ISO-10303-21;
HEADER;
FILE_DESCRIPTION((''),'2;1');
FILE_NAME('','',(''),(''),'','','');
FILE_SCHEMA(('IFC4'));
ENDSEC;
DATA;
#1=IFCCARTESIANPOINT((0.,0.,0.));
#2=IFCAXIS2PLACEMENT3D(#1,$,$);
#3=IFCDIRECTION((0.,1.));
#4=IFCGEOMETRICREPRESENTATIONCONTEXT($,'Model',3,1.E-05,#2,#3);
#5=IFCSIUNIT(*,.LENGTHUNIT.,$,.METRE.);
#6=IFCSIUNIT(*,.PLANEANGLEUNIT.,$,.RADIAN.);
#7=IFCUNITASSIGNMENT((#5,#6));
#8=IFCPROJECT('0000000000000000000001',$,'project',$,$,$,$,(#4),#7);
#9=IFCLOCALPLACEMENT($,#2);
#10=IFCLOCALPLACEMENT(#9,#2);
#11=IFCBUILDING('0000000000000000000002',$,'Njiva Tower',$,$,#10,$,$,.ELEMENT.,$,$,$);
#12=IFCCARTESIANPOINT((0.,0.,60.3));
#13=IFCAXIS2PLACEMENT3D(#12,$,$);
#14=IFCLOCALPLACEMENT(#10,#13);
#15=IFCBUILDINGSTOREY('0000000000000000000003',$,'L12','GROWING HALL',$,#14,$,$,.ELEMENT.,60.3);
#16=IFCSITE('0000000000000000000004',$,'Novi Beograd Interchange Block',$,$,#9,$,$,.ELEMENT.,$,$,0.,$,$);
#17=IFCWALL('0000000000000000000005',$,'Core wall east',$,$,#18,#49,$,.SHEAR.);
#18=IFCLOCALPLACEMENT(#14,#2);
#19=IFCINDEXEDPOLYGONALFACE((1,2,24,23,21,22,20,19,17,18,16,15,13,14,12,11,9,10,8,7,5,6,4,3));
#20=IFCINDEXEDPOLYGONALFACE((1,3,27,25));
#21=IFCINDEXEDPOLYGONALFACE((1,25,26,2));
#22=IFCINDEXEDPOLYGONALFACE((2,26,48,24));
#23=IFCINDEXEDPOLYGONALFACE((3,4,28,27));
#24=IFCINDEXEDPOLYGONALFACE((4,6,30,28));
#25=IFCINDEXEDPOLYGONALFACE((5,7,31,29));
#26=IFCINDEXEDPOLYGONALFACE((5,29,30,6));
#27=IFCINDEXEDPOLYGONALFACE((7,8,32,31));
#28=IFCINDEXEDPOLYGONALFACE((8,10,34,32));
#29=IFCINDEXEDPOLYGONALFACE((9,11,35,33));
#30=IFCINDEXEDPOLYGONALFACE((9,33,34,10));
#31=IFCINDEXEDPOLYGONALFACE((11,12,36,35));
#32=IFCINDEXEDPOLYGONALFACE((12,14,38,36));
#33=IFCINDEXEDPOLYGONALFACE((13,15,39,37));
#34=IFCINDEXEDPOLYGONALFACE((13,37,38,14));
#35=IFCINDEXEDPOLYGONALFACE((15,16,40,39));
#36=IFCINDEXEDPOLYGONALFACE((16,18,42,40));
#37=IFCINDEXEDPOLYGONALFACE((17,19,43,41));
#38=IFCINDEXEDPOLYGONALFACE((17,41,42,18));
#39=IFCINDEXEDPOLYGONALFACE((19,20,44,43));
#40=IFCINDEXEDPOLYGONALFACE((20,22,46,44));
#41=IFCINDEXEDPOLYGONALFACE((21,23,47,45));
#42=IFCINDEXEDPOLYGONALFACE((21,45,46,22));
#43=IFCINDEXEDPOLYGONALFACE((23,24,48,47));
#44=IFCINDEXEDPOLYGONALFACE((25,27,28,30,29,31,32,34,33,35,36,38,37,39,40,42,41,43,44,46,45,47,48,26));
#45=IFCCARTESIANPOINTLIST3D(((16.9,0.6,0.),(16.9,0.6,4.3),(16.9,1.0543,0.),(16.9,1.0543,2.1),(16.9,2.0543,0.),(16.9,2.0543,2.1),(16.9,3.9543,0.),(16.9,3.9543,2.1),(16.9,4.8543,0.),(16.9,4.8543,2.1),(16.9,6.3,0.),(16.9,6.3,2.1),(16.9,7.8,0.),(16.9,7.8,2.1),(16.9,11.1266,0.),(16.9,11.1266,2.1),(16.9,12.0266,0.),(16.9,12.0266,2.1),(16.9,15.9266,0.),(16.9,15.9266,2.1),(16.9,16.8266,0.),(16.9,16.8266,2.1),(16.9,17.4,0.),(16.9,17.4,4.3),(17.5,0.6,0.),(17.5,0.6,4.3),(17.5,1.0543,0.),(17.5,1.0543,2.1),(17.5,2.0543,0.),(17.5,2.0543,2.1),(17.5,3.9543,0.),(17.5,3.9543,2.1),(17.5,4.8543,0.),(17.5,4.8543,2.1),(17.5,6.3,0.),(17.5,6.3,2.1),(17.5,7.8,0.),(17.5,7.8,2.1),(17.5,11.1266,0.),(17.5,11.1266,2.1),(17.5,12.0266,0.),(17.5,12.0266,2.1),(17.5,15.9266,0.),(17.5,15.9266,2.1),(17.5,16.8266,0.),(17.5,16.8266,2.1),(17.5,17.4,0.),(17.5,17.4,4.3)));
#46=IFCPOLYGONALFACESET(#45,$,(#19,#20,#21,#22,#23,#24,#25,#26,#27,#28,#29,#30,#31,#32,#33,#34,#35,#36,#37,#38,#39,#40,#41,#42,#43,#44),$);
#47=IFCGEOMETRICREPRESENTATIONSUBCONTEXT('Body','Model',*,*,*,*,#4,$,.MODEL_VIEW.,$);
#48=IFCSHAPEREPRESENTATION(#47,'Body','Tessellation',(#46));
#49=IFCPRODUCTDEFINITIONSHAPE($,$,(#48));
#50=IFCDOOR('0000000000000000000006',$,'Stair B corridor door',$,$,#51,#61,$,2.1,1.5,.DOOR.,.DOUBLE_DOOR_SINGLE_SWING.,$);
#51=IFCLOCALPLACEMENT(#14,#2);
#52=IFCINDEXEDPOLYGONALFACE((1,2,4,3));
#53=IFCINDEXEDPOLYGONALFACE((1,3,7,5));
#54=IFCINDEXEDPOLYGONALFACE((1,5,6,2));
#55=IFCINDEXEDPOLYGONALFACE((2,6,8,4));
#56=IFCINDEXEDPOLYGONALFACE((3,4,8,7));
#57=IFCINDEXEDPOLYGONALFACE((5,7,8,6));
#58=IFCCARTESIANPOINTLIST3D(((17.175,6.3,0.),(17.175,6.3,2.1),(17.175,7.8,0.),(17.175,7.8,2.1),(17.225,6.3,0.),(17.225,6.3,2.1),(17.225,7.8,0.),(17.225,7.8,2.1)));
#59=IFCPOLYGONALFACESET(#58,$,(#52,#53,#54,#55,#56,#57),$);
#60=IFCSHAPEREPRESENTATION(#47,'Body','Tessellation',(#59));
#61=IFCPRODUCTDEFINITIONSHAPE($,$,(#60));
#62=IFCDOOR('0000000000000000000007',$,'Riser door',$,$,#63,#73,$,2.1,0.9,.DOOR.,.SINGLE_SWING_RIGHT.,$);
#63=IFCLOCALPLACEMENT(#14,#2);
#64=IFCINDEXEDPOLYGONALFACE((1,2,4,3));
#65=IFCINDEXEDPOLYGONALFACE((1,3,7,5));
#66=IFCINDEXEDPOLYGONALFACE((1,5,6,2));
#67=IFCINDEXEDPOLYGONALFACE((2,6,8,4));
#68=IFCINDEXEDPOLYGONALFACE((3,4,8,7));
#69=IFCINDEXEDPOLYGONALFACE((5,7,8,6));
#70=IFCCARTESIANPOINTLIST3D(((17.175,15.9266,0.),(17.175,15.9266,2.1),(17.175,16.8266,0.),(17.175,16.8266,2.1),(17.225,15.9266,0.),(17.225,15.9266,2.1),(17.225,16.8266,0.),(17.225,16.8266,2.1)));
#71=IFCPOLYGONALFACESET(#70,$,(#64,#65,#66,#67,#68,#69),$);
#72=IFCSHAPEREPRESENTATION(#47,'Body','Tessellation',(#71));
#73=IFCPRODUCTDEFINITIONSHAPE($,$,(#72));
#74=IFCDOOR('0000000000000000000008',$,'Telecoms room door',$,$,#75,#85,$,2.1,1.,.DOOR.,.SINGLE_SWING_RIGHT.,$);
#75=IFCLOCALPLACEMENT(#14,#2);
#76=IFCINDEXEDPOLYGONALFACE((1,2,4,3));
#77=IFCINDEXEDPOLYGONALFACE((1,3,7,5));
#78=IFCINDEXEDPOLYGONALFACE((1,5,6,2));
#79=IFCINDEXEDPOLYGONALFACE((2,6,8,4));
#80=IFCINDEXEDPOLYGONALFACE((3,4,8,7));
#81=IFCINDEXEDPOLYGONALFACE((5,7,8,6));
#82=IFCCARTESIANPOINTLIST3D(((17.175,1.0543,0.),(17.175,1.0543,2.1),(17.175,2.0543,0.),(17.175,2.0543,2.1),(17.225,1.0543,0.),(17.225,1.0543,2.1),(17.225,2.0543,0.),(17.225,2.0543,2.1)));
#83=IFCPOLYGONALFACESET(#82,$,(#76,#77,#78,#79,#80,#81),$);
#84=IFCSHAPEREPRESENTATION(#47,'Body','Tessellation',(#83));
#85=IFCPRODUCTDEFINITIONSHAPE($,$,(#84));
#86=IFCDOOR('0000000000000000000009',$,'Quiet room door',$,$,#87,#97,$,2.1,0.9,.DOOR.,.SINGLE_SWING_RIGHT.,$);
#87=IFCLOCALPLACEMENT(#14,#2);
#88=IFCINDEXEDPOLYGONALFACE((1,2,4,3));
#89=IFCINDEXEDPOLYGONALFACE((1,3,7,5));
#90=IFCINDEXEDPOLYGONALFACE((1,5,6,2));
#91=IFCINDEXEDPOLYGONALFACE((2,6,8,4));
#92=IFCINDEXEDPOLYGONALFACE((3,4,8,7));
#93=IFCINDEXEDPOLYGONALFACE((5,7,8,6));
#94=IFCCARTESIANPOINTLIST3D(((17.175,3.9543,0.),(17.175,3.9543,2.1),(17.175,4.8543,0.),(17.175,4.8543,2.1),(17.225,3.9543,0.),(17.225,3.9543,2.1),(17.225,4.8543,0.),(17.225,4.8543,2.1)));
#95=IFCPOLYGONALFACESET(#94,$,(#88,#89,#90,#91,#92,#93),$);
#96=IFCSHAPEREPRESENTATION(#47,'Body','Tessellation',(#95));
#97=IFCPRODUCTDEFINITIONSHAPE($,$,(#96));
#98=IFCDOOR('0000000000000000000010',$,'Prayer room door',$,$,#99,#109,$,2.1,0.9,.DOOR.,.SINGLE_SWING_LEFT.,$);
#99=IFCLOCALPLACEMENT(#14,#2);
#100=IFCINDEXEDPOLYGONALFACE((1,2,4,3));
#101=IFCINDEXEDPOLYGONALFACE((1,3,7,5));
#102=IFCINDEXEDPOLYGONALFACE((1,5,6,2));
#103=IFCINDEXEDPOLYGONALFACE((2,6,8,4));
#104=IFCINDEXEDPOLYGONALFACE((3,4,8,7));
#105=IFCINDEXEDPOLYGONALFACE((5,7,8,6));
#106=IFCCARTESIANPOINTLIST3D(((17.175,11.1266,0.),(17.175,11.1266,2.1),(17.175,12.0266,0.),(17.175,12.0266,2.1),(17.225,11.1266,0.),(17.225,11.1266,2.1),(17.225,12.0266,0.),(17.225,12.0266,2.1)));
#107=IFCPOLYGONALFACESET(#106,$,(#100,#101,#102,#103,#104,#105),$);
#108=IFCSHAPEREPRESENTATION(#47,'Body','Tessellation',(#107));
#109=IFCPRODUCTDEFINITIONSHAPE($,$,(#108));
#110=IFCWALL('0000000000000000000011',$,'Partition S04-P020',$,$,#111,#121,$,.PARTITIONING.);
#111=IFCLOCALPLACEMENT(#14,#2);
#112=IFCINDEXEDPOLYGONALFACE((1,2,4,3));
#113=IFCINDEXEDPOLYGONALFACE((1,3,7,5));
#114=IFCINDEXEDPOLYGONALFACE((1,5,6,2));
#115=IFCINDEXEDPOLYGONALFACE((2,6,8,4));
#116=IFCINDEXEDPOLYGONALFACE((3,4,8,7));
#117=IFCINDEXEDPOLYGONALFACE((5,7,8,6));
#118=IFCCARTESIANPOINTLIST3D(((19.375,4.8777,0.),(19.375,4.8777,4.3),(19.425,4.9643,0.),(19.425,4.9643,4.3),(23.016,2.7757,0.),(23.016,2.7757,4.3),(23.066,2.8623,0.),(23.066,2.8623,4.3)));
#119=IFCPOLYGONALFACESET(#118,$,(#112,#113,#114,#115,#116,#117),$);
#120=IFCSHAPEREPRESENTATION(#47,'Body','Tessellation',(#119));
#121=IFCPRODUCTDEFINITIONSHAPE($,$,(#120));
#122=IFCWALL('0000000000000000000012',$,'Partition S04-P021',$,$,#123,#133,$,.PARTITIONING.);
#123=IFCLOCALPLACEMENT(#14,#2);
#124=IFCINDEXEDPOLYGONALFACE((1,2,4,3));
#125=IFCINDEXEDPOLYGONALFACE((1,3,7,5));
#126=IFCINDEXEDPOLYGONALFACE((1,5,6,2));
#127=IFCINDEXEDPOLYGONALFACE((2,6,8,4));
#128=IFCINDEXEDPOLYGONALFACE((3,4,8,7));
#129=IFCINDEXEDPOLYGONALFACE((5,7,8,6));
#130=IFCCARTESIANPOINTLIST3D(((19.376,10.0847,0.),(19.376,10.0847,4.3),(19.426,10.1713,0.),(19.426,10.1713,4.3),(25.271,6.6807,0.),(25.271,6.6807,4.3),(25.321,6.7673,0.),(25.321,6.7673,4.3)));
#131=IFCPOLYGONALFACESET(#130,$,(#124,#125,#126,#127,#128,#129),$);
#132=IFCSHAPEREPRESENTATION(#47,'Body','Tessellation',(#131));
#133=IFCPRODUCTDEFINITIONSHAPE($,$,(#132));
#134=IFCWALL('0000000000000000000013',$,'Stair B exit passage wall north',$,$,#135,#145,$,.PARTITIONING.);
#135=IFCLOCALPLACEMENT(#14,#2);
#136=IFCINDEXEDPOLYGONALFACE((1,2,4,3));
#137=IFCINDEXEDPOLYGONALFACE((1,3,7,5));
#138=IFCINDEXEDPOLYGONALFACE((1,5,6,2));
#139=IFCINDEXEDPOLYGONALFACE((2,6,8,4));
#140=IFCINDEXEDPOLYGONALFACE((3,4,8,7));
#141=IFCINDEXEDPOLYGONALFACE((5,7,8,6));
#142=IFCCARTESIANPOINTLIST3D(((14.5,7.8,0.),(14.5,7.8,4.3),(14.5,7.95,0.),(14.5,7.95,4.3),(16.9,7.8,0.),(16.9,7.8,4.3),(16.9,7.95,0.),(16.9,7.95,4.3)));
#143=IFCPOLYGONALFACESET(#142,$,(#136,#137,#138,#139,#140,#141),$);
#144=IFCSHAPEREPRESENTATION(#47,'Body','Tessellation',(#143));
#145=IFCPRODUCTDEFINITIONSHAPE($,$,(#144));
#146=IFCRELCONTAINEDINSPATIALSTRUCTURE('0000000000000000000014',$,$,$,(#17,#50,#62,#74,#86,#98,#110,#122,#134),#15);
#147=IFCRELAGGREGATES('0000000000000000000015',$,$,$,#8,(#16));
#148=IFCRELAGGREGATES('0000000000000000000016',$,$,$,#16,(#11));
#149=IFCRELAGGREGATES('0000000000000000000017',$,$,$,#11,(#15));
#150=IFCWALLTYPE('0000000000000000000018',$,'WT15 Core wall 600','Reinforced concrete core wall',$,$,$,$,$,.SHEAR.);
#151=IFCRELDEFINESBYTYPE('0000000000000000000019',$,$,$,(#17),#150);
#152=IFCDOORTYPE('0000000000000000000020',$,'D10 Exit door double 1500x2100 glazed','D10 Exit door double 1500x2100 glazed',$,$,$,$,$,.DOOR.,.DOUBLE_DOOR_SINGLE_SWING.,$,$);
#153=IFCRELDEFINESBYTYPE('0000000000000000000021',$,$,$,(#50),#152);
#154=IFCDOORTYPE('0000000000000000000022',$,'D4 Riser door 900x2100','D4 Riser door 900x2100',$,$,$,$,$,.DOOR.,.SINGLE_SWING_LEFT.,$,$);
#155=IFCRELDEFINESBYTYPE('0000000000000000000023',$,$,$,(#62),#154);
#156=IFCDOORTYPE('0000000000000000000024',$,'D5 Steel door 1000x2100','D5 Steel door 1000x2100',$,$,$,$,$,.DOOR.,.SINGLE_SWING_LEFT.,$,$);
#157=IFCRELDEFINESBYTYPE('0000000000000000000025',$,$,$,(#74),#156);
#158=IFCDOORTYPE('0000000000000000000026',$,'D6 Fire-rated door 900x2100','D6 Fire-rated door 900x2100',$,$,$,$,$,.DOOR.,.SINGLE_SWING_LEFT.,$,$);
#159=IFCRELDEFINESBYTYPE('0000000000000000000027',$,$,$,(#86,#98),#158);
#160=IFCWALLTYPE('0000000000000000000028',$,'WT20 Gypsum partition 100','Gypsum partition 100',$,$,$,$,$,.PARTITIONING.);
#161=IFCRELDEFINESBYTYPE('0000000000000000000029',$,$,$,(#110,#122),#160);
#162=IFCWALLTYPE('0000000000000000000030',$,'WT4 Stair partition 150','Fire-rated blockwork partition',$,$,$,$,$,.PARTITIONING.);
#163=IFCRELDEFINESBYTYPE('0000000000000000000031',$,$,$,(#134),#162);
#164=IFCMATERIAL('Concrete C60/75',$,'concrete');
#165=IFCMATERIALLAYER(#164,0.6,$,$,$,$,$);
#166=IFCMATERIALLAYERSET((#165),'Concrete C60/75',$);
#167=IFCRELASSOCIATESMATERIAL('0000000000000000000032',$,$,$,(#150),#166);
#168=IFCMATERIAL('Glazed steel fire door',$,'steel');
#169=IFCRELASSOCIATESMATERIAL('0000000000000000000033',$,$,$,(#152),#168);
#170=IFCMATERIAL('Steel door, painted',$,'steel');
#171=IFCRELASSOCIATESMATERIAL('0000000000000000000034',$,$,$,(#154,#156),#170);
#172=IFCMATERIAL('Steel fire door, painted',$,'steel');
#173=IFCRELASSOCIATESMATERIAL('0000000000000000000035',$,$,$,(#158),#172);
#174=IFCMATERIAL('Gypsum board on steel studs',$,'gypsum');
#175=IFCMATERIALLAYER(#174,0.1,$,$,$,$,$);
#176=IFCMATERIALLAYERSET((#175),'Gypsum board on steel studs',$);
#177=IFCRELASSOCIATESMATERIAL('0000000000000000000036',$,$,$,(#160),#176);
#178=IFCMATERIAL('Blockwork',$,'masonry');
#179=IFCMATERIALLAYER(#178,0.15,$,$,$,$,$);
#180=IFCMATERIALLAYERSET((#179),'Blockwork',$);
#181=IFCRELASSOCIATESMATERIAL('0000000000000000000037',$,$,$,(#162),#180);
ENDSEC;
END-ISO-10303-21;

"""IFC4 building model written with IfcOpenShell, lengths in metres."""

from ifc_helpers import new_model, si_unit, direction, frame, frame_2d, origin, place, context, subcontext, project, spatial, rectangle, extrude, material, layer, layer_set, type_object, element, fill, save


model = new_model("IFC4")

# Units and contexts
model_context = context("Model", 3, precision=1e-05, world=origin(), true_north=direction((0.0, 1.0)))
body_context = subcontext(model_context, "Body", "Model", "MODEL_VIEW")
ifc_project = project(units=[si_unit("LENGTHUNIT", "METRE"), si_unit("PLANEANGLEUNIT", "RADIAN")], contexts=[model_context])

# Site, building, storey
site_placement = place(None, origin())
site = spatial("IfcSite", under=ifc_project, at=site_placement, Name="Novi Beograd Interchange Block", CompositionType="ELEMENT", RefElevation=0.0)
building_placement = place(site_placement, origin())
building = spatial("IfcBuilding", under=site, at=building_placement, Name="Njiva Tower", CompositionType="ELEMENT")
storey_placement = place(building_placement, frame((0.0, 0.0, 60.3)))
storey = spatial("IfcBuildingStorey", under=building, at=storey_placement, Name="L12", Description="GROWING HALL", CompositionType="ELEMENT", Elevation=60.3)

# Wall, openings, doors
ifc_material_1 = material(Name="Concrete C60/75", Category="concrete")
ifc_layer_1 = layer(ifc_material_1, 0.6)
ifc_layer_set_1 = layer_set([ifc_layer_1], Name="Concrete C60/75")
wall_type_1 = type_object("IfcWallType", Name="WT15 Core wall 600", Description="Reinforced concrete core wall", PredefinedType="SHEAR", material=ifc_layer_set_1)
wall_1_placement = place(storey_placement, frame((17.2, 0.6, 0.0), z_axis=(0.0, 0.0, 1.0), x_axis=(0.0, 1.0, 0.0)))
wall_1 = element("IfcWall", 1, at=wall_1_placement, inside=storey, type_object=wall_type_1, Name="Core wall east", PredefinedType="SHEAR", context=body_context, shape_type="SweptSolid", body=[
    extrude(rectangle(XDim=16.8, YDim=0.6, at=frame_2d((8.4, 0.0))), origin(), (0.0, 0.0, 1.0), 4.3),
])
opening_1_placement = place(wall_1_placement, frame((5.7, 0.0, 0.0)))
opening_1 = element("IfcOpeningElement", 2, at=opening_1_placement, cuts=wall_1, PredefinedType="OPENING", context=body_context, shape_type="SweptSolid", body=[
    extrude(rectangle(XDim=1.5, YDim=2.1, at=frame_2d((0.75, 1.05))), frame((0.0, 0.31, 0.0), z_axis=(0.0, -1.0, 0.0), x_axis=(1.0, 0.0, 0.0)), (0.0, 0.0, 1.0), 0.62),
])
opening_2_placement = place(wall_1_placement, frame((0.4543, 0.0, 0.0)))
opening_2 = element("IfcOpeningElement", 3, at=opening_2_placement, cuts=wall_1, PredefinedType="OPENING", context=body_context, shape_type="SweptSolid", body=[
    extrude(rectangle(XDim=1.0, YDim=2.1, at=frame_2d((0.5, 1.05))), frame((0.0, 0.31, 0.0), z_axis=(0.0, -1.0, 0.0), x_axis=(1.0, 0.0, 0.0)), (0.0, 0.0, 1.0), 0.62),
])
opening_3_placement = place(wall_1_placement, frame((3.3543, 0.0, 0.0)))
opening_3 = element("IfcOpeningElement", 4, at=opening_3_placement, cuts=wall_1, PredefinedType="OPENING", context=body_context, shape_type="SweptSolid", body=[
    extrude(rectangle(XDim=0.9, YDim=2.1, at=frame_2d((0.45, 1.05))), frame((0.0, 0.31, 0.0), z_axis=(0.0, -1.0, 0.0), x_axis=(1.0, 0.0, 0.0)), (0.0, 0.0, 1.0), 0.62),
])
opening_4_placement = place(wall_1_placement, frame((10.5266, 0.0, 0.0)))
opening_4 = element("IfcOpeningElement", 5, at=opening_4_placement, cuts=wall_1, PredefinedType="OPENING", context=body_context, shape_type="SweptSolid", body=[
    extrude(rectangle(XDim=0.9, YDim=2.1, at=frame_2d((0.45, 1.05))), frame((0.0, 0.31, 0.0), z_axis=(0.0, -1.0, 0.0), x_axis=(1.0, 0.0, 0.0)), (0.0, 0.0, 1.0), 0.62),
])
opening_5_placement = place(wall_1_placement, frame((15.3266, 0.0, 0.0)))
opening_5 = element("IfcOpeningElement", 6, at=opening_5_placement, cuts=wall_1, PredefinedType="OPENING", context=body_context, shape_type="SweptSolid", body=[
    extrude(rectangle(XDim=0.9, YDim=2.1, at=frame_2d((0.45, 1.05))), frame((0.0, 0.31, 0.0), z_axis=(0.0, -1.0, 0.0), x_axis=(1.0, 0.0, 0.0)), (0.0, 0.0, 1.0), 0.62),
])
ifc_material_2 = material(Name="Glazed steel fire door", Category="steel")
door_type_1 = type_object("IfcDoorType", Name="D10 Exit door double 1500x2100 glazed", Description="D10 Exit door double 1500x2100 glazed", OperationType="DOUBLE_DOOR_SINGLE_SWING", PredefinedType="DOOR", material=ifc_material_2)
door_1_placement = place(opening_1_placement, origin())
door_1 = element("IfcDoor", 7, at=door_1_placement, inside=storey, type_object=door_type_1, Name="Stair B corridor door", OperationType="DOUBLE_DOOR_SINGLE_SWING", OverallHeight=2.1, OverallWidth=1.5, PredefinedType="DOOR", context=body_context, shape_type="SweptSolid", body=[
    extrude(rectangle(XDim=1.5, YDim=2.1, at=frame_2d((0.75, 1.05))), frame((0.0, 0.025, 0.0), z_axis=(0.0, -1.0, 0.0), x_axis=(1.0, 0.0, 0.0)), (0.0, 0.0, 1.0), 0.05),
])
fill(opening_1, door_1)
ifc_material_3 = material(Name="Steel door, painted", Category="steel")
door_type_2 = type_object("IfcDoorType", Name="D4 Riser door 900x2100", Description="D4 Riser door 900x2100", OperationType="SINGLE_SWING_LEFT", PredefinedType="DOOR", material=ifc_material_3)
door_2_placement = place(opening_5_placement, origin())
door_2 = element("IfcDoor", 8, at=door_2_placement, inside=storey, type_object=door_type_2, Name="Riser door", OperationType="SINGLE_SWING_RIGHT", OverallHeight=2.1, OverallWidth=0.9, PredefinedType="DOOR", context=body_context, shape_type="SweptSolid", body=[
    extrude(rectangle(XDim=0.9, YDim=2.1, at=frame_2d((0.45, 1.05))), frame((0.0, 0.025, 0.0), z_axis=(0.0, -1.0, 0.0), x_axis=(1.0, 0.0, 0.0)), (0.0, 0.0, 1.0), 0.05),
])
fill(opening_5, door_2)
door_type_3 = type_object("IfcDoorType", Name="D5 Steel door 1000x2100", Description="D5 Steel door 1000x2100", OperationType="SINGLE_SWING_LEFT", PredefinedType="DOOR", material=ifc_material_3)
door_3_placement = place(opening_2_placement, origin())
door_3 = element("IfcDoor", 9, at=door_3_placement, inside=storey, type_object=door_type_3, Name="Telecoms room door", OperationType="SINGLE_SWING_RIGHT", OverallHeight=2.1, OverallWidth=1.0, PredefinedType="DOOR", context=body_context, shape_type="SweptSolid", body=[
    extrude(rectangle(XDim=1.0, YDim=2.1, at=frame_2d((0.5, 1.05))), frame((0.0, 0.025, 0.0), z_axis=(0.0, -1.0, 0.0), x_axis=(1.0, 0.0, 0.0)), (0.0, 0.0, 1.0), 0.05),
])
fill(opening_2, door_3)
ifc_material_4 = material(Name="Steel fire door, painted", Category="steel")
door_type_4 = type_object("IfcDoorType", Name="D6 Fire-rated door 900x2100", Description="D6 Fire-rated door 900x2100", OperationType="SINGLE_SWING_LEFT", PredefinedType="DOOR", material=ifc_material_4)
door_4_placement = place(opening_3_placement, origin())
door_4 = element("IfcDoor", 10, at=door_4_placement, inside=storey, type_object=door_type_4, Name="Quiet room door", OperationType="SINGLE_SWING_RIGHT", OverallHeight=2.1, OverallWidth=0.9, PredefinedType="DOOR", context=body_context, shape_type="SweptSolid", body=[
    extrude(rectangle(XDim=0.9, YDim=2.1, at=frame_2d((0.45, 1.05))), frame((0.0, 0.025, 0.0), z_axis=(0.0, -1.0, 0.0), x_axis=(1.0, 0.0, 0.0)), (0.0, 0.0, 1.0), 0.05),
])
fill(opening_3, door_4)
door_5_placement = place(opening_4_placement, origin())
door_5 = element("IfcDoor", 11, at=door_5_placement, inside=storey, type_object=door_type_4, Name="Prayer room door", OperationType="SINGLE_SWING_LEFT", OverallHeight=2.1, OverallWidth=0.9, PredefinedType="DOOR", context=body_context, shape_type="SweptSolid", body=[
    extrude(rectangle(XDim=0.9, YDim=2.1, at=frame_2d((0.45, 1.05))), frame((0.0, 0.025, 0.0), z_axis=(0.0, -1.0, 0.0), x_axis=(1.0, 0.0, 0.0)), (0.0, 0.0, 1.0), 0.05),
])
fill(opening_4, door_5)

# Walls
ifc_material_5 = material(Name="Gypsum board on steel studs", Category="gypsum")
ifc_layer_2 = layer(ifc_material_5, 0.1)
ifc_layer_set_2 = layer_set([ifc_layer_2], Name="Gypsum board on steel studs")
wall_type_2 = type_object("IfcWallType", Name="WT20 Gypsum partition 100", Description="Gypsum partition 100", PredefinedType="PARTITIONING", material=ifc_layer_set_2)
wall_2_placement = place(storey_placement, frame((19.4, 4.921, 0.0), z_axis=(0.0, 0.0, 1.0), x_axis=(0.866039, -0.499976, 0.0)))
element("IfcWall", 12, at=wall_2_placement, inside=storey, type_object=wall_type_2, Name="Partition S04-P020", PredefinedType="PARTITIONING", context=body_context, shape_type="SweptSolid", body=[
    extrude(rectangle(XDim=4.2042, YDim=0.1, at=frame_2d((2.1021, 0.0))), origin(), (0.0, 0.0, 1.0), 4.3),
])
wall_3_placement = place(storey_placement, frame((19.401, 10.128, 0.0), z_axis=(0.0, 0.0, 1.0), x_axis=(0.865992, -0.500057, 0.0)))
element("IfcWall", 13, at=wall_3_placement, inside=storey, type_object=wall_type_2, Name="Partition S04-P021", PredefinedType="PARTITIONING", context=body_context, shape_type="SweptSolid", body=[
    extrude(rectangle(XDim=6.8072, YDim=0.1, at=frame_2d((3.4036, 0.0))), origin(), (0.0, 0.0, 1.0), 4.3),
])
ifc_material_6 = material(Name="Blockwork", Category="masonry")
ifc_layer_3 = layer(ifc_material_6, 0.15)
ifc_layer_set_3 = layer_set([ifc_layer_3], Name="Blockwork")
wall_type_3 = type_object("IfcWallType", Name="WT4 Stair partition 150", Description="Fire-rated blockwork partition", PredefinedType="PARTITIONING", material=ifc_layer_set_3)
wall_4_placement = place(storey_placement, frame((14.5, 7.875, 0.0), z_axis=(0.0, 0.0, 1.0), x_axis=(1.0, 0.0, 0.0)))
element("IfcWall", 14, at=wall_4_placement, inside=storey, type_object=wall_type_3, Name="Stair B exit passage wall north", PredefinedType="PARTITIONING", context=body_context, shape_type="SweptSolid", body=[
    extrude(rectangle(XDim=2.4, YDim=0.15, at=frame_2d((1.2, 0.0))), origin(), (0.0, 0.0, 1.0), 4.3),
])

save(model, "model.ifc")
